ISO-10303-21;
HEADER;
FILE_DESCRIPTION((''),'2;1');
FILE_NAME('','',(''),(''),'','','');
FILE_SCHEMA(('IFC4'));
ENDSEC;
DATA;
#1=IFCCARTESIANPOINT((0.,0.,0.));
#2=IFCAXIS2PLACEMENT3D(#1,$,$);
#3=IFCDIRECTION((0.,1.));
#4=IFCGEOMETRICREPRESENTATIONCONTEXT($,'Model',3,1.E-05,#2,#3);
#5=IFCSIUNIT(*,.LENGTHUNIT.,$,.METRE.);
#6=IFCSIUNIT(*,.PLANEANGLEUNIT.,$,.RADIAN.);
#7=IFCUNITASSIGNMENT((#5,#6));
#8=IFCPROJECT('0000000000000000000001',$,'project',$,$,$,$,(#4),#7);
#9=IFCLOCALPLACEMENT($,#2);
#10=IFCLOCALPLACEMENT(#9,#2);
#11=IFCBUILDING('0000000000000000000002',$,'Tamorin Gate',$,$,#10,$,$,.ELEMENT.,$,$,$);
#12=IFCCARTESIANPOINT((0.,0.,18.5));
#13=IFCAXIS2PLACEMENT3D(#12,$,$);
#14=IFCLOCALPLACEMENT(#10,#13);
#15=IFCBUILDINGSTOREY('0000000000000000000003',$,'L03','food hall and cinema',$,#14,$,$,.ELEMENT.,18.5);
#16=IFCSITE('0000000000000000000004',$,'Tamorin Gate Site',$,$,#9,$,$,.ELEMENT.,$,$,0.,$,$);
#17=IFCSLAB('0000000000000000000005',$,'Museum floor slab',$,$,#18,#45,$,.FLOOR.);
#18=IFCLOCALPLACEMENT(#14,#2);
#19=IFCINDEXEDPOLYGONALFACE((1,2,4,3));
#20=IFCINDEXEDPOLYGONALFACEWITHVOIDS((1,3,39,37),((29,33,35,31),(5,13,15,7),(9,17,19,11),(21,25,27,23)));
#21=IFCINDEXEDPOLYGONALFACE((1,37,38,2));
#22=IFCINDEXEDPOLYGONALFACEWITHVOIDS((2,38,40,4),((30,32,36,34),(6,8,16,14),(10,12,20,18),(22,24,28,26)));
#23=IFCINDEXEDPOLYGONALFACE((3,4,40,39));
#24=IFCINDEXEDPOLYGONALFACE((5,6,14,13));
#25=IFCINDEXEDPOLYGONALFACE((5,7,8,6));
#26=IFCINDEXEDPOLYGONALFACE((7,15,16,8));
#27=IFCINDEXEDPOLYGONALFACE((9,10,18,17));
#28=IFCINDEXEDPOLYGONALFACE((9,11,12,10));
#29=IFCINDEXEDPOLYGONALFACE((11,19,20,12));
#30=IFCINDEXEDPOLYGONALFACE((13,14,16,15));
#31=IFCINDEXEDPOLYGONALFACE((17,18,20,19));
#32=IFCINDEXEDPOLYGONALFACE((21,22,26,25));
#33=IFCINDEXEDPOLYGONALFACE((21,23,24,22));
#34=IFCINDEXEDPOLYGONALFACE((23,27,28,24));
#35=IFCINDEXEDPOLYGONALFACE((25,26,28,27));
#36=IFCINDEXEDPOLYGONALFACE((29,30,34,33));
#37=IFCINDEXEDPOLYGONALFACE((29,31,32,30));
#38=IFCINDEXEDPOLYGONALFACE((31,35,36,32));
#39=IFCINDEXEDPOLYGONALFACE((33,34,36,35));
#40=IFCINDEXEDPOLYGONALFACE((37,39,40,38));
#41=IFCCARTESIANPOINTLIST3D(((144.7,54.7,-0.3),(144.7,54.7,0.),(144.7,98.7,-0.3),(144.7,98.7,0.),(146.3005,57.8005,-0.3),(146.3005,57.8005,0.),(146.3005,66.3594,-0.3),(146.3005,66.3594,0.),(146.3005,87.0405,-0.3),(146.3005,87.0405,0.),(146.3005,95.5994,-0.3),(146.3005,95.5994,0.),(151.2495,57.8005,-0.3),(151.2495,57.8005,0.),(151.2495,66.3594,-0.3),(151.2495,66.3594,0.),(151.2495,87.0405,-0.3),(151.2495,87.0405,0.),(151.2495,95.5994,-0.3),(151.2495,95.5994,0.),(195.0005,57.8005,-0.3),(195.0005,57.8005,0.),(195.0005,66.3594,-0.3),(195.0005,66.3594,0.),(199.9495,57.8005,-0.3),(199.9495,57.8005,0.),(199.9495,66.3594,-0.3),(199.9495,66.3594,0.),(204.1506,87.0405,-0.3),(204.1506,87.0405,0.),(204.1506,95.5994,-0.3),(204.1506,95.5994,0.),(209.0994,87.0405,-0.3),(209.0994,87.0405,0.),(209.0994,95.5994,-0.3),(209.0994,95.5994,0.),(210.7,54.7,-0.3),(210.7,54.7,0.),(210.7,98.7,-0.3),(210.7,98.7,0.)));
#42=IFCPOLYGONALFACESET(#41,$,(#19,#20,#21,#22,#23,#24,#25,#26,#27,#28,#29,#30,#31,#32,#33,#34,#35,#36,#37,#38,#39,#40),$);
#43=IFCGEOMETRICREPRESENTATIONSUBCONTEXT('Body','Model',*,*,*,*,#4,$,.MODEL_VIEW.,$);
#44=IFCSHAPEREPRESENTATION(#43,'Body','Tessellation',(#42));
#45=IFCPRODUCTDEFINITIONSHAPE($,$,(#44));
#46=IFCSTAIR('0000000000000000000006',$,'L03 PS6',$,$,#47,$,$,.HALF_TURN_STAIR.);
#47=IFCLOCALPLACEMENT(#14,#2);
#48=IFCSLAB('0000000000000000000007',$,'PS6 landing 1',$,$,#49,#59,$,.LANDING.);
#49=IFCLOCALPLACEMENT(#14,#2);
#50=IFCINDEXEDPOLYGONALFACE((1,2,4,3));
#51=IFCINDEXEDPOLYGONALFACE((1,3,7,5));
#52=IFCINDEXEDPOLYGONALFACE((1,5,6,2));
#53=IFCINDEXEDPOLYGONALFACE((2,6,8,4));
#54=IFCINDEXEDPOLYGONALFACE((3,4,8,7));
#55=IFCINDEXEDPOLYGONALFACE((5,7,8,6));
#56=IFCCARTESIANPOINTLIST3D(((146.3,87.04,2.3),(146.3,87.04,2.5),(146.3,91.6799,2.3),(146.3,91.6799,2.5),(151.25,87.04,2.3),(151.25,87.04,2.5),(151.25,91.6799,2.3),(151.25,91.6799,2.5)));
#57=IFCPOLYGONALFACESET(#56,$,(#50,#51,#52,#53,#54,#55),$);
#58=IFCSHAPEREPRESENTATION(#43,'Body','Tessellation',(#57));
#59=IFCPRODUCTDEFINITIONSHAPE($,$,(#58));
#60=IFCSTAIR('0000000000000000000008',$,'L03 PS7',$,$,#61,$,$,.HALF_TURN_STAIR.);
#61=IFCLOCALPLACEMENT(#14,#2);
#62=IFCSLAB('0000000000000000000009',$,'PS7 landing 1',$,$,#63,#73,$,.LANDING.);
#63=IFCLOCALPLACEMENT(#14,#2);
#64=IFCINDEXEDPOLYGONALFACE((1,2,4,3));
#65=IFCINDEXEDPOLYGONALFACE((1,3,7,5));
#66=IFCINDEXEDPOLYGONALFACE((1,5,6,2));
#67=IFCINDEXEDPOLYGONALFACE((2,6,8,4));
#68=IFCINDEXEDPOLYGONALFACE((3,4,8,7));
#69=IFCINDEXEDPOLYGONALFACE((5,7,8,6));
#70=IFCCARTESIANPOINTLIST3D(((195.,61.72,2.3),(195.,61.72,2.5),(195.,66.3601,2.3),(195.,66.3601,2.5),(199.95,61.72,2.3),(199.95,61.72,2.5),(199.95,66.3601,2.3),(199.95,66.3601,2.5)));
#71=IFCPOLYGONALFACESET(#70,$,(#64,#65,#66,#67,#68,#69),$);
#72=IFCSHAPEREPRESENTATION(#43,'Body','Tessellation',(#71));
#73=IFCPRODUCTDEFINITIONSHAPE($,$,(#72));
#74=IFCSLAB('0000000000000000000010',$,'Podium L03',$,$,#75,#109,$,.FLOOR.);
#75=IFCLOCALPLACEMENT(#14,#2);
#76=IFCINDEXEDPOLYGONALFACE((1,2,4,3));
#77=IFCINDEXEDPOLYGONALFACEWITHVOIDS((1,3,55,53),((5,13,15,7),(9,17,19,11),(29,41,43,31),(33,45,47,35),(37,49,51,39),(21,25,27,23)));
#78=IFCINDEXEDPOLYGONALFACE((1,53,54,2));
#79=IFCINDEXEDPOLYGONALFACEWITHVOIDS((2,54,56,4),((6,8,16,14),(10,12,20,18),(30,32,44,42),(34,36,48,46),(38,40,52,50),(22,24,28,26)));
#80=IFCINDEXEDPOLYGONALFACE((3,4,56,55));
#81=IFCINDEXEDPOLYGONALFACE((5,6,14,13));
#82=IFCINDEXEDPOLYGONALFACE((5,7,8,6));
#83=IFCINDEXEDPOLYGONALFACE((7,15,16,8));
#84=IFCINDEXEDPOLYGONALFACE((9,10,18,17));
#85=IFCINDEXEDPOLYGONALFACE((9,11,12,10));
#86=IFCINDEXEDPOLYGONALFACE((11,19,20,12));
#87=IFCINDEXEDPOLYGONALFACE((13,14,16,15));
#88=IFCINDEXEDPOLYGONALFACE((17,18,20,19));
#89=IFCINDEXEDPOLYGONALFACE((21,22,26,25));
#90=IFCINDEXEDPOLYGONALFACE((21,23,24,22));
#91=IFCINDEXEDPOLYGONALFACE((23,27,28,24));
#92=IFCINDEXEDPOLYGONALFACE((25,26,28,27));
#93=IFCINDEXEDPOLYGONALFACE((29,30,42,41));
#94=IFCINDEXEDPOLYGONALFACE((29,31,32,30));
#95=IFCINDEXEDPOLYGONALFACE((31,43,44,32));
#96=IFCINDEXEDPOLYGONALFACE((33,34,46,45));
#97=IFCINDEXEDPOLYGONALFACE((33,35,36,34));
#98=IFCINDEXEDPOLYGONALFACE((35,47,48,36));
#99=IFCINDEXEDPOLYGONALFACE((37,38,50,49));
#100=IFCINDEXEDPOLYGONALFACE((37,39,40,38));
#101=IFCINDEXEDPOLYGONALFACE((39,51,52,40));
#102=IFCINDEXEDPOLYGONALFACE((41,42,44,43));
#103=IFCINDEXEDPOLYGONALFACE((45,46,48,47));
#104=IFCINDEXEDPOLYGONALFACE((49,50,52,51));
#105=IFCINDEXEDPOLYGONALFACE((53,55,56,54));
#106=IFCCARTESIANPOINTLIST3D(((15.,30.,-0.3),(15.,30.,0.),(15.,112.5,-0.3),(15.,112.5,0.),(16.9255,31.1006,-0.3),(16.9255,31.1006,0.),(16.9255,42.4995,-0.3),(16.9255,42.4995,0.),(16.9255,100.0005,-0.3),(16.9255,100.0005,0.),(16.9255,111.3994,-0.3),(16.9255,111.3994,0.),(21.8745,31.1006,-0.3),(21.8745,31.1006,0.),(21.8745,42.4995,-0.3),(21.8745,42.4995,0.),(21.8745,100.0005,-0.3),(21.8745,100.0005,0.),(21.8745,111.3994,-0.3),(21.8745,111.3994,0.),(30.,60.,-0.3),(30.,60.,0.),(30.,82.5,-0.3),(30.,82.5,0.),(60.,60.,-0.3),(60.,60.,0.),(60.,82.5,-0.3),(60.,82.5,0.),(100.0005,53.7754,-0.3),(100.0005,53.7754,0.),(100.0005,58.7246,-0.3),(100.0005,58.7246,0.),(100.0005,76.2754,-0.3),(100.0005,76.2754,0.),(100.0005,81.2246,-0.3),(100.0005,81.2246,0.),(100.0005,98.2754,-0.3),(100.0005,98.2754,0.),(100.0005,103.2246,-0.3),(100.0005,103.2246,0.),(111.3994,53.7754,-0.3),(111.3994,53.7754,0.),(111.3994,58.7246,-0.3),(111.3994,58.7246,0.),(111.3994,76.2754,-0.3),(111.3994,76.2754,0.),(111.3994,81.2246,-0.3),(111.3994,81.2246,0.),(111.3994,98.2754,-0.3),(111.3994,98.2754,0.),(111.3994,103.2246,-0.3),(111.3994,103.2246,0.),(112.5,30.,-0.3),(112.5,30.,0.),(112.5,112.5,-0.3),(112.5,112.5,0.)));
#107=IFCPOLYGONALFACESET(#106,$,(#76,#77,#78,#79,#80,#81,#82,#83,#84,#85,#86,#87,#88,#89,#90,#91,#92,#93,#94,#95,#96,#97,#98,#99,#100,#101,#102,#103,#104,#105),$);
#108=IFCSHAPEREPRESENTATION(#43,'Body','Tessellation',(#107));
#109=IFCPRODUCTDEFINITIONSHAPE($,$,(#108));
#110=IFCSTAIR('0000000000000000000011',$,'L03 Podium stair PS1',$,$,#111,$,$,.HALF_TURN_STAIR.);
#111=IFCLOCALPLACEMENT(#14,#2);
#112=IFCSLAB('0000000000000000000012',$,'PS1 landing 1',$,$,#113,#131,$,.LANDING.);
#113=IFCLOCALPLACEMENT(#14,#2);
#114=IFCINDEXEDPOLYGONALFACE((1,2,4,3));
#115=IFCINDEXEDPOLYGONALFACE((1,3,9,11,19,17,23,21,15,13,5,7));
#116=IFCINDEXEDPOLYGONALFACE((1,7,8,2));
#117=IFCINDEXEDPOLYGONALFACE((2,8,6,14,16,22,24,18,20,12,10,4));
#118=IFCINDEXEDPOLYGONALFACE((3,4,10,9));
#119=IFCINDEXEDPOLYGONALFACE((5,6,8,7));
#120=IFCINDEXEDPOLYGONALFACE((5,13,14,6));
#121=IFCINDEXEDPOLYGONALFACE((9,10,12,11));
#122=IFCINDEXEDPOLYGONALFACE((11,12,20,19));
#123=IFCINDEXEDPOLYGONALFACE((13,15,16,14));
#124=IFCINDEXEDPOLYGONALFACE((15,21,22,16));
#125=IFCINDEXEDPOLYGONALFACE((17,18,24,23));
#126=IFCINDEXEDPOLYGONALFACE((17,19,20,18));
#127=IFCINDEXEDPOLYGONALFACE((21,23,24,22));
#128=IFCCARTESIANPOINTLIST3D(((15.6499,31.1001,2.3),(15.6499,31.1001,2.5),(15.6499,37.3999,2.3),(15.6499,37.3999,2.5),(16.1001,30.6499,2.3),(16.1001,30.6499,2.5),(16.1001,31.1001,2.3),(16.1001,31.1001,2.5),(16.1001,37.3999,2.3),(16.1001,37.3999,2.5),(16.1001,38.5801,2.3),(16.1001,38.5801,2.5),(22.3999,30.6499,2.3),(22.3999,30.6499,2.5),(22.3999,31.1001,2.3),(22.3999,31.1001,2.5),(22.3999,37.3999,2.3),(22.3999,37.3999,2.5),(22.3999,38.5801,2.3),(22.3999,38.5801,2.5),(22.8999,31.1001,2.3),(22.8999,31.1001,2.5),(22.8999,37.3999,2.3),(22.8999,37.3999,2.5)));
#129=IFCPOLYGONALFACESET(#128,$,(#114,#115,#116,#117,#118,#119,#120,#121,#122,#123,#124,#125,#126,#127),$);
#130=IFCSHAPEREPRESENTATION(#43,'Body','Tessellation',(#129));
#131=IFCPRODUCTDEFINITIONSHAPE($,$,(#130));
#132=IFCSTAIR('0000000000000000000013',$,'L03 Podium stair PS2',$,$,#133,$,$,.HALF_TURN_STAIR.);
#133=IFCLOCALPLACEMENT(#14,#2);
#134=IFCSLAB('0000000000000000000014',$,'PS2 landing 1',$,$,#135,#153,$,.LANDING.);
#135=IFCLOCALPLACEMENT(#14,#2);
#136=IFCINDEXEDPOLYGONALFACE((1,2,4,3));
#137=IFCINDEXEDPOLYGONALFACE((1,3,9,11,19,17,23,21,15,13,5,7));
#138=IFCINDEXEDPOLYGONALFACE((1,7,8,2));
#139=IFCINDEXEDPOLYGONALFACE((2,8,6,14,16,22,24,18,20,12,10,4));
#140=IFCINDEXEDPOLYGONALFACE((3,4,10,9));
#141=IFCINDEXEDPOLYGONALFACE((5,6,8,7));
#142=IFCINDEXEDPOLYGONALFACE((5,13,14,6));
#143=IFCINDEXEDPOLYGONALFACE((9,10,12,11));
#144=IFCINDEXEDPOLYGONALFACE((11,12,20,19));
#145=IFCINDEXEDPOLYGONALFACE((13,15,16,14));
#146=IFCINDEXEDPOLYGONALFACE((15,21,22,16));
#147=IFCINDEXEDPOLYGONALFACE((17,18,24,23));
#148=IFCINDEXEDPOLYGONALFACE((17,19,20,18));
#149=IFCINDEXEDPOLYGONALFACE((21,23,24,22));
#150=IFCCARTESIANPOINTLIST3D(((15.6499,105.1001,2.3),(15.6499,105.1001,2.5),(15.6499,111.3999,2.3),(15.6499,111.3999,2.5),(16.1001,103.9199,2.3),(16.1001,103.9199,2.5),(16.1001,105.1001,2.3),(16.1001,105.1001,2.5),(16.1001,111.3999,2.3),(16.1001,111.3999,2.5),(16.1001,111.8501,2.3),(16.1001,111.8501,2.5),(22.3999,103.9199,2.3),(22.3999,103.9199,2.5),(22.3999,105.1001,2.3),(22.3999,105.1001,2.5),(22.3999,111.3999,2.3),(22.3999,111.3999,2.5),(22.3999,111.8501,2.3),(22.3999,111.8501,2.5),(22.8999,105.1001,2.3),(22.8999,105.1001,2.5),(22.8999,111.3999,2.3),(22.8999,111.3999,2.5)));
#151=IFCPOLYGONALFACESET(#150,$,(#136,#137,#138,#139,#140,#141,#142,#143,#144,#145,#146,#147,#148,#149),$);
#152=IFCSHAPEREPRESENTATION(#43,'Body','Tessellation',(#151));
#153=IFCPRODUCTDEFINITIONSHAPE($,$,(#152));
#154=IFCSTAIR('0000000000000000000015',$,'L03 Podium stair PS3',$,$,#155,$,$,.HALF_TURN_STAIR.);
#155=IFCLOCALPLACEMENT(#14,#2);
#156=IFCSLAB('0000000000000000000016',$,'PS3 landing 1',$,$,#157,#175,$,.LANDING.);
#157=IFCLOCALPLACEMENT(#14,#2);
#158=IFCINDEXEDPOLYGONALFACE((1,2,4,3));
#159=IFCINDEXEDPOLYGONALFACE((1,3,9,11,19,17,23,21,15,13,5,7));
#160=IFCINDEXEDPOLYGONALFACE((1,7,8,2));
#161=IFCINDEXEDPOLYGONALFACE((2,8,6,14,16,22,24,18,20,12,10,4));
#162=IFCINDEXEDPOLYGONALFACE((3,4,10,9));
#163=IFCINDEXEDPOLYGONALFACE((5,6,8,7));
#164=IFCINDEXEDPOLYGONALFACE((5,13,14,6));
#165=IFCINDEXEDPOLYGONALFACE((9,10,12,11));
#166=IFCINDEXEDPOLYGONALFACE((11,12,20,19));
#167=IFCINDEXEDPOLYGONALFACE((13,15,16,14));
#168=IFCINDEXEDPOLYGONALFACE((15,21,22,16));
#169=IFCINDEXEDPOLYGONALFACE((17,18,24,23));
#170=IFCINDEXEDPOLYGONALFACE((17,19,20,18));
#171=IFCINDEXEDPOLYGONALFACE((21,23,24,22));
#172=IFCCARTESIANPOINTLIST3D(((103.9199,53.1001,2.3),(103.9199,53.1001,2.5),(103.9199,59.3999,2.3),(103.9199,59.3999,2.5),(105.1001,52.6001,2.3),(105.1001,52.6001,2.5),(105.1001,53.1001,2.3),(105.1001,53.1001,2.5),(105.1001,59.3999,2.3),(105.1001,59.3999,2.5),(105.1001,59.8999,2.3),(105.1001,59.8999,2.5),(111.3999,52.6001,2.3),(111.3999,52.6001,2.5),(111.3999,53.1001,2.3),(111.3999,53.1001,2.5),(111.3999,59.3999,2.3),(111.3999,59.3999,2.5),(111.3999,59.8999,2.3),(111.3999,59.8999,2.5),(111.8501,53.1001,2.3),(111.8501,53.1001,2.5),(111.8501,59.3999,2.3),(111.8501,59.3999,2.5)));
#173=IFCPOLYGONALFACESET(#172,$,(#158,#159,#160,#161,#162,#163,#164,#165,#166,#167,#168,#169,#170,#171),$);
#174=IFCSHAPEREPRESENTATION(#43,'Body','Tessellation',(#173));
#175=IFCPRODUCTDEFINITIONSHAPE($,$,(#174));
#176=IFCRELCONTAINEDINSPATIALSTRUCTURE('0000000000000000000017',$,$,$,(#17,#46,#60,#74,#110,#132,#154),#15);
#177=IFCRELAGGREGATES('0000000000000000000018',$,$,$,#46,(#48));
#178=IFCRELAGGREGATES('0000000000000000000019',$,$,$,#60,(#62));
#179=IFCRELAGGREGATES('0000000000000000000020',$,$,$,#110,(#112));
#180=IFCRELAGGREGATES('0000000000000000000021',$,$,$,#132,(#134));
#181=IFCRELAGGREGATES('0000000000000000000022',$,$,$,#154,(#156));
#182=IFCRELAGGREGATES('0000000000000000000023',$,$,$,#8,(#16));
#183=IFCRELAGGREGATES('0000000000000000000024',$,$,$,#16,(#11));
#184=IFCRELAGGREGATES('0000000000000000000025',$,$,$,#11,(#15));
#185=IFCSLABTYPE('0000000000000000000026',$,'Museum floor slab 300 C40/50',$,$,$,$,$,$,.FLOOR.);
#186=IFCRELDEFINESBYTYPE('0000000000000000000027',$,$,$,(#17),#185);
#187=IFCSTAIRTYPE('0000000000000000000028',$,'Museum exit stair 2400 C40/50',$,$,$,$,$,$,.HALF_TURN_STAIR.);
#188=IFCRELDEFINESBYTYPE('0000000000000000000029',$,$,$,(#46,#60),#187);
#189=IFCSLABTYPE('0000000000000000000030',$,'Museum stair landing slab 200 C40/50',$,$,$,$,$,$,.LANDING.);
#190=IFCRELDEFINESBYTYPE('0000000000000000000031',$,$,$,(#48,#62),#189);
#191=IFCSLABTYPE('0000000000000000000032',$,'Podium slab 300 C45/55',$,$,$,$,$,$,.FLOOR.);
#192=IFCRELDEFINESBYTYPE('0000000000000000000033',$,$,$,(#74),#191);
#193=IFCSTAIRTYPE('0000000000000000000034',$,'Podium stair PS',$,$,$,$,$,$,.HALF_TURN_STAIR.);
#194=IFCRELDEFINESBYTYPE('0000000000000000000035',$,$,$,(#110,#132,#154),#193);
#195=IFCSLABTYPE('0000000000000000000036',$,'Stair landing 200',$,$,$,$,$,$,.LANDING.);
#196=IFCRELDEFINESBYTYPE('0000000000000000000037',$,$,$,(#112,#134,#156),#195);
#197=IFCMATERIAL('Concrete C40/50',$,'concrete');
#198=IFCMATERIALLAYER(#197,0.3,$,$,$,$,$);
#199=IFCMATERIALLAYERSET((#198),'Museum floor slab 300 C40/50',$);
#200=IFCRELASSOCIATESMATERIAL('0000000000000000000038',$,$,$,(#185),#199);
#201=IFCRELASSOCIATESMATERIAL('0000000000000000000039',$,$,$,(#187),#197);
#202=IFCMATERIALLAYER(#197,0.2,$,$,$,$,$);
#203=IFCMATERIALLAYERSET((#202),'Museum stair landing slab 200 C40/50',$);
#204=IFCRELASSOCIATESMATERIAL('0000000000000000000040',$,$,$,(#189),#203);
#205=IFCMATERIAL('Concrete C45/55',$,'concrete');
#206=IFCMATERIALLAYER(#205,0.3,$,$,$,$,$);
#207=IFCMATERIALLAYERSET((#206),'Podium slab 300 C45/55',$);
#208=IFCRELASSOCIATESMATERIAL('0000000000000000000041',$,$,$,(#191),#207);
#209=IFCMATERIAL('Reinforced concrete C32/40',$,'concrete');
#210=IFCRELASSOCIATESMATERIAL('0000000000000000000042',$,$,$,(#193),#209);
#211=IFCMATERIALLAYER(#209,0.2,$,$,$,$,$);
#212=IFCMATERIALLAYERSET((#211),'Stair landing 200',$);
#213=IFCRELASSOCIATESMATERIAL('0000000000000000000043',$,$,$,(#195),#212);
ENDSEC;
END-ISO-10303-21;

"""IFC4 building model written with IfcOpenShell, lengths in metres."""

from ifc_helpers import new_model, si_unit, direction, frame, origin, place, context, subcontext, project, spatial, polyline, outline, extrude, material, layer, layer_set, type_object, element, aggregate, save


model = new_model("IFC4")

# Units and contexts
model_context = context("Model", 3, precision=1e-05, world=origin(), true_north=direction((0.0, 1.0)))
body_context = subcontext(model_context, "Body", "Model", "MODEL_VIEW")
ifc_project = project(units=[si_unit("LENGTHUNIT", "METRE"), si_unit("PLANEANGLEUNIT", "RADIAN")], contexts=[model_context])

# Site, building, storey
site_placement = place(None, origin())
site = spatial("IfcSite", under=ifc_project, at=site_placement, Name="Tamorin Gate Site", CompositionType="ELEMENT", RefElevation=0.0)
building_placement = place(site_placement, origin())
building = spatial("IfcBuilding", under=site, at=building_placement, Name="Tamorin Gate", CompositionType="ELEMENT")
storey_placement = place(building_placement, frame((0.0, 0.0, 18.5)))
storey = spatial("IfcBuildingStorey", under=building, at=storey_placement, Name="L03", Description="food hall and cinema", CompositionType="ELEMENT", Elevation=18.5)

# Shared definitions
ifc_material_1 = material(Name="Concrete C40/50", Category="concrete")

# Slab
ifc_layer_1 = layer(ifc_material_1, 0.3)
ifc_layer_set_1 = layer_set([ifc_layer_1], Name="Museum floor slab 300 C40/50")
slab_type_1 = type_object("IfcSlabType", Name="Museum floor slab 300 C40/50", PredefinedType="FLOOR", material=ifc_layer_set_1)
slab_1_placement = place(storey_placement, frame((0.0, 0.0, -0.3)))
element("IfcSlab", 1, at=slab_1_placement, inside=storey, type_object=slab_type_1, Name="Museum floor slab", PredefinedType="FLOOR", context=body_context, shape_type="SweptSolid", body=[
    extrude(outline(polyline([(144.7, 54.7), (144.7, 98.7), (210.7, 98.7), (210.7, 54.7), (144.7, 54.7)]), holes=[polyline([(146.3005, 57.8005), (151.2495, 57.8005), (151.2495, 66.3594), (146.3005, 66.3594), (146.3005, 57.8005)]), polyline([(195.0005, 57.8005), (199.9495, 57.8005), (199.9495, 66.3594), (195.0005, 66.3594), (195.0005, 57.8005)]), polyline([(151.2495, 95.5994), (146.3005, 95.5994), (146.3005, 87.0405), (151.2495, 87.0405), (151.2495, 95.5994)]), polyline([(209.0994, 95.5994), (204.1506, 95.5994), (204.1506, 87.0405), (209.0994, 87.0405), (209.0994, 95.5994)])]), origin(), (0.0, 0.0, 1.0), 0.3),
])

# Stairs, slabs
stair_type_1 = type_object("IfcStairType", Name="Museum exit stair 2400 C40/50", PredefinedType="HALF_TURN_STAIR", material=ifc_material_1)
stair_1_placement = place(storey_placement, origin())
stair_1 = element("IfcStair", 2, at=stair_1_placement, inside=storey, type_object=stair_type_1, Name="L03 PS6", PredefinedType="HALF_TURN_STAIR")
ifc_layer_2 = layer(ifc_material_1, 0.2)
ifc_layer_set_2 = layer_set([ifc_layer_2], Name="Museum stair landing slab 200 C40/50")
slab_type_2 = type_object("IfcSlabType", Name="Museum stair landing slab 200 C40/50", PredefinedType="LANDING", material=ifc_layer_set_2)
slab_2_placement = place(storey_placement, frame((0.0, 0.0, 2.3)))
slab_2 = element("IfcSlab", 3, at=slab_2_placement, type_object=slab_type_2, Name="PS6 landing 1", PredefinedType="LANDING", context=body_context, shape_type="SweptSolid", body=[
    extrude(outline(polyline([(146.3, 91.6799), (146.3, 87.04), (151.25, 87.04), (151.25, 91.6799), (146.3, 91.6799)])), origin(), (0.0, 0.0, 1.0), 0.2),
])
aggregate(stair_1, [slab_2])
stair_2_placement = place(storey_placement, origin())
stair_2 = element("IfcStair", 4, at=stair_2_placement, inside=storey, type_object=stair_type_1, Name="L03 PS7", PredefinedType="HALF_TURN_STAIR")
slab_3_placement = place(storey_placement, frame((0.0, 0.0, 2.3)))
slab_3 = element("IfcSlab", 5, at=slab_3_placement, type_object=slab_type_2, Name="PS7 landing 1", PredefinedType="LANDING", context=body_context, shape_type="SweptSolid", body=[
    extrude(outline(polyline([(199.95, 61.72), (199.95, 66.3601), (195.0, 66.3601), (195.0, 61.72), (199.95, 61.72)])), origin(), (0.0, 0.0, 1.0), 0.2),
])
aggregate(stair_2, [slab_3])

# Slab
ifc_material_2 = material(Name="Concrete C45/55", Category="concrete")
ifc_layer_3 = layer(ifc_material_2, 0.3)
ifc_layer_set_3 = layer_set([ifc_layer_3], Name="Podium slab 300 C45/55")
slab_type_3 = type_object("IfcSlabType", Name="Podium slab 300 C45/55", PredefinedType="FLOOR", material=ifc_layer_set_3)
slab_4_placement = place(storey_placement, frame((0.0, 0.0, -0.3)))
element("IfcSlab", 6, at=slab_4_placement, inside=storey, type_object=slab_type_3, Name="Podium L03", PredefinedType="FLOOR", context=body_context, shape_type="SweptSolid", body=[
    extrude(outline(polyline([(15.0, 30.0), (112.5, 30.0), (112.5, 112.5), (15.0, 112.5), (15.0, 30.0)]), holes=[polyline([(60.0, 60.0), (60.0, 82.5), (30.0, 82.5), (30.0, 60.0), (60.0, 60.0)]), polyline([(16.9255, 42.4995), (21.8745, 42.4995), (21.8745, 31.1006), (16.9255, 31.1006), (16.9255, 42.4995)]), polyline([(21.8745, 100.0005), (16.9255, 100.0005), (16.9255, 111.3994), (21.8745, 111.3994), (21.8745, 100.0005)]), polyline([(100.0005, 53.7754), (100.0005, 58.7246), (111.3994, 58.7246), (111.3994, 53.7754), (100.0005, 53.7754)]), polyline([(100.0005, 98.2754), (100.0005, 103.2246), (111.3994, 103.2246), (111.3994, 98.2754), (100.0005, 98.2754)]), polyline([(100.0005, 76.2754), (100.0005, 81.2246), (111.3994, 81.2246), (111.3994, 76.2754), (100.0005, 76.2754)])]), origin(), (0.0, 0.0, 1.0), 0.3),
])

# Stairs, slabs
ifc_material_3 = material(Name="Reinforced concrete C32/40", Category="concrete")
stair_type_2 = type_object("IfcStairType", Name="Podium stair PS", PredefinedType="HALF_TURN_STAIR", material=ifc_material_3)
stair_3_placement = place(storey_placement, origin())
stair_3 = element("IfcStair", 7, at=stair_3_placement, inside=storey, type_object=stair_type_2, Name="L03 Podium stair PS1", PredefinedType="HALF_TURN_STAIR")
ifc_layer_4 = layer(ifc_material_3, 0.2)
ifc_layer_set_4 = layer_set([ifc_layer_4], Name="Stair landing 200")
slab_type_4 = type_object("IfcSlabType", Name="Stair landing 200", PredefinedType="LANDING", material=ifc_layer_set_4)
slab_5_placement = place(storey_placement, frame((0.0, 0.0, 2.3)))
slab_5 = element("IfcSlab", 8, at=slab_5_placement, type_object=slab_type_4, Name="PS1 landing 1", PredefinedType="LANDING", context=body_context, shape_type="SweptSolid", body=[
    extrude(outline(polyline([(22.3999, 31.1001), (22.3999, 30.6499), (16.1001, 30.6499), (16.1001, 31.1001), (15.6499, 31.1001), (15.6499, 37.3999), (16.1001, 37.3999), (16.1001, 38.5801), (22.3999, 38.5801), (22.3999, 37.3999), (22.8999, 37.3999), (22.8999, 31.1001), (22.3999, 31.1001)])), origin(), (0.0, 0.0, 1.0), 0.2),
])
aggregate(stair_3, [slab_5])
stair_4_placement = place(storey_placement, origin())
stair_4 = element("IfcStair", 9, at=stair_4_placement, inside=storey, type_object=stair_type_2, Name="L03 Podium stair PS2", PredefinedType="HALF_TURN_STAIR")
slab_6_placement = place(storey_placement, frame((0.0, 0.0, 2.3)))
slab_6 = element("IfcSlab", 10, at=slab_6_placement, type_object=slab_type_4, Name="PS2 landing 1", PredefinedType="LANDING", context=body_context, shape_type="SweptSolid", body=[
    extrude(outline(polyline([(22.3999, 105.1001), (22.3999, 103.9199), (16.1001, 103.9199), (16.1001, 105.1001), (15.6499, 105.1001), (15.6499, 111.3999), (16.1001, 111.3999), (16.1001, 111.8501), (22.3999, 111.8501), (22.3999, 111.3999), (22.8999, 111.3999), (22.8999, 105.1001), (22.3999, 105.1001)])), origin(), (0.0, 0.0, 1.0), 0.2),
])
aggregate(stair_4, [slab_6])
stair_5_placement = place(storey_placement, origin())
stair_5 = element("IfcStair", 11, at=stair_5_placement, inside=storey, type_object=stair_type_2, Name="L03 Podium stair PS3", PredefinedType="HALF_TURN_STAIR")
slab_7_placement = place(storey_placement, frame((0.0, 0.0, 2.3)))
slab_7 = element("IfcSlab", 12, at=slab_7_placement, type_object=slab_type_4, Name="PS3 landing 1", PredefinedType="LANDING", context=body_context, shape_type="SweptSolid", body=[
    extrude(outline(polyline([(111.3999, 53.1001), (111.3999, 52.6001), (105.1001, 52.6001), (105.1001, 53.1001), (103.9199, 53.1001), (103.9199, 59.3999), (105.1001, 59.3999), (105.1001, 59.8999), (111.3999, 59.8999), (111.3999, 59.3999), (111.8501, 59.3999), (111.8501, 53.1001), (111.3999, 53.1001)])), origin(), (0.0, 0.0, 1.0), 0.2),
])
aggregate(stair_5, [slab_7])

save(model, "model.ifc")
